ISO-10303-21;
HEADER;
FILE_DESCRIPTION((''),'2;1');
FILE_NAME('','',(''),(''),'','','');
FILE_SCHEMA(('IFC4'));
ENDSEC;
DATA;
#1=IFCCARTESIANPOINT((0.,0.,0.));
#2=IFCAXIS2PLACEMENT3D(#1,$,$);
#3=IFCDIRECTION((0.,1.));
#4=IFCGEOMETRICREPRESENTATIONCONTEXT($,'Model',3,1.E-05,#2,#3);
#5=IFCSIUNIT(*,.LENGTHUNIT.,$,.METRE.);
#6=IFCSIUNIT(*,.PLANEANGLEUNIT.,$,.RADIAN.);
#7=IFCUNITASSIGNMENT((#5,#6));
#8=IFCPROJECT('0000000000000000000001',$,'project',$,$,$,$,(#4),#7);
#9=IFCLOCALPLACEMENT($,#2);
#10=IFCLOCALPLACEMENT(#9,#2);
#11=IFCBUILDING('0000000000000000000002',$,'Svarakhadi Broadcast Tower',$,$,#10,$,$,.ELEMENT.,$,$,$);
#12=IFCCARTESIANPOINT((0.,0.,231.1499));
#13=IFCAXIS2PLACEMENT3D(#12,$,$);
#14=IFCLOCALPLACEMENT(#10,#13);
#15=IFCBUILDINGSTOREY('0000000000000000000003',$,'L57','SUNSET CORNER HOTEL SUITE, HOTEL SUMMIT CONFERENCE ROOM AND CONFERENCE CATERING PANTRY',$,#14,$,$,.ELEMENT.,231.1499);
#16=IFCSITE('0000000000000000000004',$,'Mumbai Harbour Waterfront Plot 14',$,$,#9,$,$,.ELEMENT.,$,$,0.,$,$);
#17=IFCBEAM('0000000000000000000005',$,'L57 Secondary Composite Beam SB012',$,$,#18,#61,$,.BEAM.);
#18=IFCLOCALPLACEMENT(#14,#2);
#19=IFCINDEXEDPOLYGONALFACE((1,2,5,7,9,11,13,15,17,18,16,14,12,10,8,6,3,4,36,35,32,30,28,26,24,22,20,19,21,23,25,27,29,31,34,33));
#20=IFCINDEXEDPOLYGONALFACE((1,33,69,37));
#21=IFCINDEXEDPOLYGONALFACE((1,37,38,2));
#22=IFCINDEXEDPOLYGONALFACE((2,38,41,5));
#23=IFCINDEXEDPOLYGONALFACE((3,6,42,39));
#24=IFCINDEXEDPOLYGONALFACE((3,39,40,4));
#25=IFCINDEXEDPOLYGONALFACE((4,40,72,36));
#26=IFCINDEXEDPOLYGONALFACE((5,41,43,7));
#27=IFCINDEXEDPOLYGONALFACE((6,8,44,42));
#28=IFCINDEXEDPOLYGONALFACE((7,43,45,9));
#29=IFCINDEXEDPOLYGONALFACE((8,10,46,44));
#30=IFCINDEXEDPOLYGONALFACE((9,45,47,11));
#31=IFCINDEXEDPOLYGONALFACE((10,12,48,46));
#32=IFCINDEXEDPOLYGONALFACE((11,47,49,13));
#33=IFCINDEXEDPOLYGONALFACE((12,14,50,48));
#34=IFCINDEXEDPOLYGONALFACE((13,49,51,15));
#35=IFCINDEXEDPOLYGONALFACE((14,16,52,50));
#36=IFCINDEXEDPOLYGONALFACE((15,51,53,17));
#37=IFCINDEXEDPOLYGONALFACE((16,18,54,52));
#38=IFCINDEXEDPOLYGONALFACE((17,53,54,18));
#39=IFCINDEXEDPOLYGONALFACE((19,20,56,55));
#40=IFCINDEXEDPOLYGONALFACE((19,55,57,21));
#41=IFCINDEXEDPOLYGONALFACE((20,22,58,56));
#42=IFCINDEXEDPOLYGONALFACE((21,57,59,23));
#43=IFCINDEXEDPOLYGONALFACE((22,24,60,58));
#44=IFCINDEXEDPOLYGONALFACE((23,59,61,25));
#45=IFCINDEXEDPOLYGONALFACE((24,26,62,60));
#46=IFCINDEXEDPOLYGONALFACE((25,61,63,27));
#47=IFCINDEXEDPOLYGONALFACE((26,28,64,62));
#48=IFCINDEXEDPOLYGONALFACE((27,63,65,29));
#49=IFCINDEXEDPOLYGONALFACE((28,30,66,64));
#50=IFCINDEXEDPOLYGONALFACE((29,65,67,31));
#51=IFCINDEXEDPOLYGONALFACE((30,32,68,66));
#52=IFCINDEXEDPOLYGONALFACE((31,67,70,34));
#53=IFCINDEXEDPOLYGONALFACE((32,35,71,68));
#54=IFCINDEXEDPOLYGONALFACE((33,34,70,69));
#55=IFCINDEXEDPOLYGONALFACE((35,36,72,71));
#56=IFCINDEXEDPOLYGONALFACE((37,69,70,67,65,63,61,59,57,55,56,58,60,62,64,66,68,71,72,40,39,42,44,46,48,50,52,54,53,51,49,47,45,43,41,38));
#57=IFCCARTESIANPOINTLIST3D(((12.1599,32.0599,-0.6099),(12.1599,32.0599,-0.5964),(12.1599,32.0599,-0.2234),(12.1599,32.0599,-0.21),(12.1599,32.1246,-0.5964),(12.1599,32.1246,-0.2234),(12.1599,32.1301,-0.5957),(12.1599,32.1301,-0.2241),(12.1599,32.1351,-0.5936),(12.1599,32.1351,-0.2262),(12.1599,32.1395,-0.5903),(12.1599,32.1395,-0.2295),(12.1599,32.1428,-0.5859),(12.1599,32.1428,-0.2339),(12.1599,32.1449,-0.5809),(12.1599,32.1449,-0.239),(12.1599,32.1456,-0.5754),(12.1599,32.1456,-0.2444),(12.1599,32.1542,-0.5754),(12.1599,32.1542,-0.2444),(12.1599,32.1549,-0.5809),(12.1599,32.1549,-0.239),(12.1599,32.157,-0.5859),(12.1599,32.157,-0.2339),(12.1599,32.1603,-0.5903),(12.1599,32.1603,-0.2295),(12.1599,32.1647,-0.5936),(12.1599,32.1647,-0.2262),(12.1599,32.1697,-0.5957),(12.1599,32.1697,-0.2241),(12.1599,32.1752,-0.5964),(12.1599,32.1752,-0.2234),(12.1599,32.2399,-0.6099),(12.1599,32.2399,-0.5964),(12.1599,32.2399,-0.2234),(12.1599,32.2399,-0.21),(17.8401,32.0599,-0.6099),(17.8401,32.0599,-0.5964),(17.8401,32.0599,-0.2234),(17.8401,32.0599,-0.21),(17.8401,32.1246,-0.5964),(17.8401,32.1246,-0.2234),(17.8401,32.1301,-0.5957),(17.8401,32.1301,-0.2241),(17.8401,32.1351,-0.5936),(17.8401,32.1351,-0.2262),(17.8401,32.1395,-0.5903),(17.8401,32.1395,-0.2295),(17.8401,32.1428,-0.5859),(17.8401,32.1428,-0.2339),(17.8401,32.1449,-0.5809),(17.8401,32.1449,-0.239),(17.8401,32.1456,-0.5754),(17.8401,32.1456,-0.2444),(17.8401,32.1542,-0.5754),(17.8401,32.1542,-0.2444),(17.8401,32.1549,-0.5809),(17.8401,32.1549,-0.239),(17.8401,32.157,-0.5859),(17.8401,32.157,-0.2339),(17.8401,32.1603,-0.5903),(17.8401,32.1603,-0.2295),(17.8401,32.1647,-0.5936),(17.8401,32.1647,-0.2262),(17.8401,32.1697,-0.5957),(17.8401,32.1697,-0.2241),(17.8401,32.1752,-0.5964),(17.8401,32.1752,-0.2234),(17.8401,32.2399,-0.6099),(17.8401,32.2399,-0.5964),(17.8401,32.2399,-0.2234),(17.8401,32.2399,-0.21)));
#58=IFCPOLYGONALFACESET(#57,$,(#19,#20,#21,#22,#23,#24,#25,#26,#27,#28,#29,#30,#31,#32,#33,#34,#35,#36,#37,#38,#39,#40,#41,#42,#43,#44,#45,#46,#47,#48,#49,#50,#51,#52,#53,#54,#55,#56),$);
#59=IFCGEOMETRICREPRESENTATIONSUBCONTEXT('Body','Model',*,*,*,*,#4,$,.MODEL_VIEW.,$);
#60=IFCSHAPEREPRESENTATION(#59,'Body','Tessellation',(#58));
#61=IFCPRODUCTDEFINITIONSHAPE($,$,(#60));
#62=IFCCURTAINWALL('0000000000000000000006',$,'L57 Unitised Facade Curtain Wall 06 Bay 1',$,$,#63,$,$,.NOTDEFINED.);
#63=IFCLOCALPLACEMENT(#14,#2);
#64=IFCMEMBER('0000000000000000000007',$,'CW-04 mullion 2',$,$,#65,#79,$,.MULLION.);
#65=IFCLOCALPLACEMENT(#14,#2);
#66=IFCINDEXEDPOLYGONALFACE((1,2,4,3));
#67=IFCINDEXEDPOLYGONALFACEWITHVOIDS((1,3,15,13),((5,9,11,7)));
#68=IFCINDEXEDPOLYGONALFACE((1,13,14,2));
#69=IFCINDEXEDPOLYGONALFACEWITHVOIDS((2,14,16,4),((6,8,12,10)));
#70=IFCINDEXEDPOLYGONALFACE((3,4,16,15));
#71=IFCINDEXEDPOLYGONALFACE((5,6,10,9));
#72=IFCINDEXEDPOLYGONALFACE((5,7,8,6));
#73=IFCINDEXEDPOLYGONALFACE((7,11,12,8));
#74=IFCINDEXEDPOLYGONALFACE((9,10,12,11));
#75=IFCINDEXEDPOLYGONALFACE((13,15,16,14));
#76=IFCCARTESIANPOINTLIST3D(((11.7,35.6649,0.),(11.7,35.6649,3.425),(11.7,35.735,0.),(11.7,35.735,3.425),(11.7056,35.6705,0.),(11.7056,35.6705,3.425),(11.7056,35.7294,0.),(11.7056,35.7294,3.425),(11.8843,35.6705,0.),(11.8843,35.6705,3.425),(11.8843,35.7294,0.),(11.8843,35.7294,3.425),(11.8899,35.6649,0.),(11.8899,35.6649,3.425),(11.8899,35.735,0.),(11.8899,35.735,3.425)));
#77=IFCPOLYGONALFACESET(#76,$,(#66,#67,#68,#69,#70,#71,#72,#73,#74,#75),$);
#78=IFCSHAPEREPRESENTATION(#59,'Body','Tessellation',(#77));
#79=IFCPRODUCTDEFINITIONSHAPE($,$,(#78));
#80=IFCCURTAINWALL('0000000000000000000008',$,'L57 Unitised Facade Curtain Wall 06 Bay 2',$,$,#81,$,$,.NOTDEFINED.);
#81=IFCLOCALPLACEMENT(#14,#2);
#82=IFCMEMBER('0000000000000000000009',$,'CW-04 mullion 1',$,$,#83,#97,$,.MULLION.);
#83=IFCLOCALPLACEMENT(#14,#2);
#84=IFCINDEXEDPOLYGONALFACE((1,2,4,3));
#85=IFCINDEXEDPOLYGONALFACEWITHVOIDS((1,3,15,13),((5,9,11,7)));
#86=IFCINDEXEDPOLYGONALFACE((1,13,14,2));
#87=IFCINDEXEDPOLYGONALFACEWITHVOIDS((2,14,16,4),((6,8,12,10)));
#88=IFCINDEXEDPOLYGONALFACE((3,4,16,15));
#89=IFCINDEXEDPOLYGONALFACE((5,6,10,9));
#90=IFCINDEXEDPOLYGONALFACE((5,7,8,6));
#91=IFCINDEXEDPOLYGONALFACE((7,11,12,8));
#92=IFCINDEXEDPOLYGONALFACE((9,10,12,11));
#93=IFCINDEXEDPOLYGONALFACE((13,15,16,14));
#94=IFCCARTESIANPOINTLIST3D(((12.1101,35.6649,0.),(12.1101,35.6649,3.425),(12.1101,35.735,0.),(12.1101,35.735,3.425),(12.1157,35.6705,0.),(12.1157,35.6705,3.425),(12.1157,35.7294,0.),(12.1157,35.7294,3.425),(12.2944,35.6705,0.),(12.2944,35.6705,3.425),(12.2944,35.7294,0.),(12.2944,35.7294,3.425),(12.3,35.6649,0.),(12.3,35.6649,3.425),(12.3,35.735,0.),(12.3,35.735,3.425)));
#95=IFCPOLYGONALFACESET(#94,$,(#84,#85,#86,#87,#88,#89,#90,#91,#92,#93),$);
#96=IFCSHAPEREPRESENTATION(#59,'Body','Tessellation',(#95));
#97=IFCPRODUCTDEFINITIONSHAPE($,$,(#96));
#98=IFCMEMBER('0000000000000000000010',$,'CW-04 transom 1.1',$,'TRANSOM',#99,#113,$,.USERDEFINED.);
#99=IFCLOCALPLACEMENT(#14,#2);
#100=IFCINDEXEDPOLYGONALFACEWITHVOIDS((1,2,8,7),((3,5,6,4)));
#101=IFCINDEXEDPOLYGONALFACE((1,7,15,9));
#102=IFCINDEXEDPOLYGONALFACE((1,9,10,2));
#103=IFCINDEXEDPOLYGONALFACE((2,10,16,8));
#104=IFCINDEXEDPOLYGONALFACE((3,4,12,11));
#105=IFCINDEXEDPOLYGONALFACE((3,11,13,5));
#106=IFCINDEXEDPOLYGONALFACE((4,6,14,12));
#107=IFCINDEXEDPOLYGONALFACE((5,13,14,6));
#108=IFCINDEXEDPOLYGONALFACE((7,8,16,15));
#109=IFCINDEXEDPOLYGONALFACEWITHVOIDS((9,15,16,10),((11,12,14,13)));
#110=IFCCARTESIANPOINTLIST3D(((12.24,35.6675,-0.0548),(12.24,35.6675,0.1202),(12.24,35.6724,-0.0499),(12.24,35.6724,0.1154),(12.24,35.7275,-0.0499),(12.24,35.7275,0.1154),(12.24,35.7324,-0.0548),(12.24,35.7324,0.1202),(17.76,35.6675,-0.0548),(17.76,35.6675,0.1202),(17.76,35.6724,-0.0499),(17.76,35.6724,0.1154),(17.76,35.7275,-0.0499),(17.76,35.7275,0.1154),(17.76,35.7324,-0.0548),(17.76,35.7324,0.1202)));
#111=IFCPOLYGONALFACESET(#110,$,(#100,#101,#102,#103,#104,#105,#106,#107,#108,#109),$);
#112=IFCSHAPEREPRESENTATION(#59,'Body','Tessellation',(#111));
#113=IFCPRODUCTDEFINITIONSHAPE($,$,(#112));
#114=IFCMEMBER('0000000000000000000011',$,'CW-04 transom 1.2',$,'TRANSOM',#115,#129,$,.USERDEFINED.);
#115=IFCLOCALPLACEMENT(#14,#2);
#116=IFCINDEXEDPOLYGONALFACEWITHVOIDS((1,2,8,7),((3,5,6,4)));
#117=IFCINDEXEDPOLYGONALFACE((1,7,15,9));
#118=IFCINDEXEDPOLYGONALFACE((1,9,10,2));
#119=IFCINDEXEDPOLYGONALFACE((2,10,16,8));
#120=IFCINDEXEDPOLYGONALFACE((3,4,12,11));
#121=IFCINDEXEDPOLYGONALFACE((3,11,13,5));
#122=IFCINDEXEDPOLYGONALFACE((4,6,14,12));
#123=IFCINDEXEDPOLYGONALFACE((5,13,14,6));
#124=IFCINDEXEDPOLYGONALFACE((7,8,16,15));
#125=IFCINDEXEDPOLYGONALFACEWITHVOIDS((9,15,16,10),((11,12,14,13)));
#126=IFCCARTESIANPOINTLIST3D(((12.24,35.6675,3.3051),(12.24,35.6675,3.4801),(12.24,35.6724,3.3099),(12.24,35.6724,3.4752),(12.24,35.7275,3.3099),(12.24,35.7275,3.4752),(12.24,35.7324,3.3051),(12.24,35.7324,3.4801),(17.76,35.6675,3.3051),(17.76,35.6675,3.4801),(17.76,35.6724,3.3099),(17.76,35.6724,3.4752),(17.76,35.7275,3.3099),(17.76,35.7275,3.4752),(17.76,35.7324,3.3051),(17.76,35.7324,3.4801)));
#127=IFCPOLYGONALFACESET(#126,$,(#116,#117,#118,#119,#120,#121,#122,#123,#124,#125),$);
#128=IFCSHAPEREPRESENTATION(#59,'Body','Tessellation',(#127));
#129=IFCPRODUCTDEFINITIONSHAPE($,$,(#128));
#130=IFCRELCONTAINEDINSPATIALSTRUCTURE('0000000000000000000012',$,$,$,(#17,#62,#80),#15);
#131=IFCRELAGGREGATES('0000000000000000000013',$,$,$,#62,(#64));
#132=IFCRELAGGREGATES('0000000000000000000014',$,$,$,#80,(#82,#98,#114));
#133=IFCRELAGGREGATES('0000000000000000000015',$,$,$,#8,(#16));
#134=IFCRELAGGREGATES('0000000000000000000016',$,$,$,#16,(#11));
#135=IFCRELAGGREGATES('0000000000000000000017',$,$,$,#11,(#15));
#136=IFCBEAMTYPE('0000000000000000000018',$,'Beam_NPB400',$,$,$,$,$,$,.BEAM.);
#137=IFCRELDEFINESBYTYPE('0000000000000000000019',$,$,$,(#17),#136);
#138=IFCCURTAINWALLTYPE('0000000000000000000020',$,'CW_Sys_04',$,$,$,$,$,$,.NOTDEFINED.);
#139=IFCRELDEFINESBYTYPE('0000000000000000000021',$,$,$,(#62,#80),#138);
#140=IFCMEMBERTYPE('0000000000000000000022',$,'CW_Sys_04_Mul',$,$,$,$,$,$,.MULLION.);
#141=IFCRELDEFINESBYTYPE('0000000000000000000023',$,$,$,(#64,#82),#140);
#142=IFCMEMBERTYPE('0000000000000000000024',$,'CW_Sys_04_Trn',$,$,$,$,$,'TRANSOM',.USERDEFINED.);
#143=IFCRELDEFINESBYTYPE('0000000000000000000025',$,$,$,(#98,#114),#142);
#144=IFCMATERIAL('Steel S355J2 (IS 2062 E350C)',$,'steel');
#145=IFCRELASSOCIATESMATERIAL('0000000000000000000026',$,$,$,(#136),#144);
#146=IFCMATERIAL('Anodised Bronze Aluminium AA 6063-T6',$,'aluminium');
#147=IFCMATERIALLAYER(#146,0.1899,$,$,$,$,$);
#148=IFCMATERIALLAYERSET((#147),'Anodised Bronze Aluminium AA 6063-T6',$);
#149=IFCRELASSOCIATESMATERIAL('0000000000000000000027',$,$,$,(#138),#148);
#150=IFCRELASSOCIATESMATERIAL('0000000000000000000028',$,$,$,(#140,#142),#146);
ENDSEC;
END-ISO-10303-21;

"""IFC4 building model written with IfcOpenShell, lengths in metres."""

from ifc_helpers import new_model, si_unit, direction, frame, origin, origin_2d, place, context, subcontext, project, spatial, hollow_rectangle, i_section, extrude, material, layer, layer_set, material_profile, profile_set, type_object, element, aggregate, save


model = new_model("IFC4")

# Units and contexts
model_context = context("Model", 3, precision=1e-05, world=origin(), true_north=direction((0.0, 1.0)))
body_context = subcontext(model_context, "Body", "Model", "MODEL_VIEW")
ifc_project = project(units=[si_unit("LENGTHUNIT", "METRE"), si_unit("PLANEANGLEUNIT", "RADIAN")], contexts=[model_context])

# Site, building, storey
site_placement = place(None, origin())
site = spatial("IfcSite", under=ifc_project, at=site_placement, Name="Mumbai Harbour Waterfront Plot 14", CompositionType="ELEMENT", RefElevation=0.0)
building_placement = place(site_placement, origin())
building = spatial("IfcBuilding", under=site, at=building_placement, Name="Svarakhadi Broadcast Tower", CompositionType="ELEMENT")
storey_placement = place(building_placement, frame((0.0, 0.0, 231.1499)))
storey = spatial("IfcBuildingStorey", under=building, at=storey_placement, Name="L57", Description="SUNSET CORNER HOTEL SUITE, HOTEL SUMMIT CONFERENCE ROOM AND CONFERENCE CATERING PANTRY", CompositionType="ELEMENT", Elevation=231.1499)

# Beam
ifc_material_1 = material(Name="Steel S355J2 (IS 2062 E350C)", Category="steel")
ifc_material_profile_1 = material_profile(ifc_material_1, i_section(OverallWidth=0.1799, OverallDepth=0.3999, WebThickness=0.0085, FlangeThickness=0.0134, FilletRadius=0.021, at=origin_2d()), Name="NPB 400x180x66")
ifc_profile_set_1 = profile_set([ifc_material_profile_1], Name="Steel S355J2 (IS 2062 E350C)")
beam_type_1 = type_object("IfcBeamType", Name="Beam_NPB400", PredefinedType="BEAM", material=ifc_profile_set_1)
for number, where, z_axis, x_axis, name in (
    (1, (12.1599, 32.1499, -0.4099), (1.0, 0.0, 0.0), (0.0, 1.0, 0.0), "L57 Secondary Composite Beam SB012"),
):
    element("IfcBeam", number, at=place(storey_placement, frame(where, z_axis=z_axis, x_axis=x_axis)), inside=storey, type_object=beam_type_1, Name=name, PredefinedType="BEAM", context=body_context, shape_type="SweptSolid", body=[
        extrude(i_section(OverallWidth=0.1799, OverallDepth=0.3999, WebThickness=0.0085, FlangeThickness=0.0134, FilletRadius=0.021, at=origin_2d()), origin(), (0.0, 0.0, 1.0), 5.6802),
    ])

# Curtain wall, member
ifc_material_2 = material(Name="Anodised Bronze Aluminium AA 6063-T6", Category="aluminium")
ifc_layer_1 = layer(ifc_material_2, 0.1899)
ifc_layer_set_1 = layer_set([ifc_layer_1], Name="Anodised Bronze Aluminium AA 6063-T6")
curtain_wall_type = type_object("IfcCurtainWallType", Name="CW_Sys_04", PredefinedType="NOTDEFINED", material=ifc_layer_set_1)
curtain_wall_1_placement = place(storey_placement, origin())
curtain_wall_1 = element("IfcCurtainWall", 2, at=curtain_wall_1_placement, inside=storey, type_object=curtain_wall_type, Name="L57 Unitised Facade Curtain Wall 06 Bay 1", PredefinedType="NOTDEFINED")
ifc_material_profile_2 = material_profile(ifc_material_2, hollow_rectangle(XDim=0.0701, YDim=0.1899, WallThickness=0.0056, at=origin_2d()), Name="ALU MULLION 190x70x6")
ifc_profile_set_2 = profile_set([ifc_material_profile_2], Name="Anodised Bronze Aluminium AA 6063-T6")
member_type_1 = type_object("IfcMemberType", Name="CW_Sys_04_Mul", PredefinedType="MULLION", material=ifc_profile_set_2)
member_1_placement = place(storey_placement, frame((11.7949, 35.7, 0.0), z_axis=(0.0, 0.0, 1.0), x_axis=(0.0, 1.0, 0.0)))
member_1 = element("IfcMember", 3, at=member_1_placement, type_object=member_type_1, Name="CW-04 mullion 2", PredefinedType="MULLION", context=body_context, shape_type="SweptSolid", body=[
    extrude(hollow_rectangle(XDim=0.0701, YDim=0.1899, WallThickness=0.0056, at=origin_2d()), origin(), (0.0, 0.0, 1.0), 3.425),
])

# Curtain wall, members
curtain_wall_2_placement = place(storey_placement, origin())
curtain_wall_2 = element("IfcCurtainWall", 4, at=curtain_wall_2_placement, inside=storey, type_object=curtain_wall_type, Name="L57 Unitised Facade Curtain Wall 06 Bay 2", PredefinedType="NOTDEFINED")
member_2_placement = place(storey_placement, frame((12.2051, 35.7, 0.0), z_axis=(0.0, 0.0, 1.0), x_axis=(0.0, 1.0, 0.0)))
member_2 = element("IfcMember", 5, at=member_2_placement, type_object=member_type_1, Name="CW-04 mullion 1", PredefinedType="MULLION", context=body_context, shape_type="SweptSolid", body=[
    extrude(hollow_rectangle(XDim=0.0701, YDim=0.1899, WallThickness=0.0056, at=origin_2d()), origin(), (0.0, 0.0, 1.0), 3.425),
])
ifc_material_profile_3 = material_profile(ifc_material_2, hollow_rectangle(XDim=0.0649, YDim=0.175, WallThickness=0.0049, at=origin_2d()), Name="ALU TRANSOM 175x65x5")
ifc_profile_set_3 = profile_set([ifc_material_profile_3], Name="Anodised Bronze Aluminium AA 6063-T6")
member_type_2 = type_object("IfcMemberType", Name="CW_Sys_04_Trn", ElementType="TRANSOM", PredefinedType="USERDEFINED", material=ifc_profile_set_3)
member_3_placement = place(storey_placement, frame((12.24, 35.7, 0.0327), z_axis=(1.0, 0.0, 0.0), x_axis=(0.0, 1.0, 0.0)))
member_3 = element("IfcMember", 6, at=member_3_placement, type_object=member_type_2, Name="CW-04 transom 1.1", ObjectType="TRANSOM", PredefinedType="USERDEFINED", context=body_context, shape_type="SweptSolid", body=[
    extrude(hollow_rectangle(XDim=0.0649, YDim=0.175, WallThickness=0.0049, at=origin_2d()), origin(), (0.0, 0.0, 1.0), 5.52),
])
member_4_placement = place(storey_placement, frame((12.24, 35.7, 3.3926), z_axis=(1.0, 0.0, 0.0), x_axis=(0.0, 1.0, 0.0)))
member_4 = element("IfcMember", 7, at=member_4_placement, type_object=member_type_2, Name="CW-04 transom 1.2", ObjectType="TRANSOM", PredefinedType="USERDEFINED", context=body_context, shape_type="SweptSolid", body=[
    extrude(hollow_rectangle(XDim=0.0649, YDim=0.175, WallThickness=0.0049, at=origin_2d()), origin(), (0.0, 0.0, 1.0), 5.52),
])

aggregate(curtain_wall_1, [member_1])
aggregate(curtain_wall_2, [member_2, member_3, member_4])

save(model, "model.ifc")
